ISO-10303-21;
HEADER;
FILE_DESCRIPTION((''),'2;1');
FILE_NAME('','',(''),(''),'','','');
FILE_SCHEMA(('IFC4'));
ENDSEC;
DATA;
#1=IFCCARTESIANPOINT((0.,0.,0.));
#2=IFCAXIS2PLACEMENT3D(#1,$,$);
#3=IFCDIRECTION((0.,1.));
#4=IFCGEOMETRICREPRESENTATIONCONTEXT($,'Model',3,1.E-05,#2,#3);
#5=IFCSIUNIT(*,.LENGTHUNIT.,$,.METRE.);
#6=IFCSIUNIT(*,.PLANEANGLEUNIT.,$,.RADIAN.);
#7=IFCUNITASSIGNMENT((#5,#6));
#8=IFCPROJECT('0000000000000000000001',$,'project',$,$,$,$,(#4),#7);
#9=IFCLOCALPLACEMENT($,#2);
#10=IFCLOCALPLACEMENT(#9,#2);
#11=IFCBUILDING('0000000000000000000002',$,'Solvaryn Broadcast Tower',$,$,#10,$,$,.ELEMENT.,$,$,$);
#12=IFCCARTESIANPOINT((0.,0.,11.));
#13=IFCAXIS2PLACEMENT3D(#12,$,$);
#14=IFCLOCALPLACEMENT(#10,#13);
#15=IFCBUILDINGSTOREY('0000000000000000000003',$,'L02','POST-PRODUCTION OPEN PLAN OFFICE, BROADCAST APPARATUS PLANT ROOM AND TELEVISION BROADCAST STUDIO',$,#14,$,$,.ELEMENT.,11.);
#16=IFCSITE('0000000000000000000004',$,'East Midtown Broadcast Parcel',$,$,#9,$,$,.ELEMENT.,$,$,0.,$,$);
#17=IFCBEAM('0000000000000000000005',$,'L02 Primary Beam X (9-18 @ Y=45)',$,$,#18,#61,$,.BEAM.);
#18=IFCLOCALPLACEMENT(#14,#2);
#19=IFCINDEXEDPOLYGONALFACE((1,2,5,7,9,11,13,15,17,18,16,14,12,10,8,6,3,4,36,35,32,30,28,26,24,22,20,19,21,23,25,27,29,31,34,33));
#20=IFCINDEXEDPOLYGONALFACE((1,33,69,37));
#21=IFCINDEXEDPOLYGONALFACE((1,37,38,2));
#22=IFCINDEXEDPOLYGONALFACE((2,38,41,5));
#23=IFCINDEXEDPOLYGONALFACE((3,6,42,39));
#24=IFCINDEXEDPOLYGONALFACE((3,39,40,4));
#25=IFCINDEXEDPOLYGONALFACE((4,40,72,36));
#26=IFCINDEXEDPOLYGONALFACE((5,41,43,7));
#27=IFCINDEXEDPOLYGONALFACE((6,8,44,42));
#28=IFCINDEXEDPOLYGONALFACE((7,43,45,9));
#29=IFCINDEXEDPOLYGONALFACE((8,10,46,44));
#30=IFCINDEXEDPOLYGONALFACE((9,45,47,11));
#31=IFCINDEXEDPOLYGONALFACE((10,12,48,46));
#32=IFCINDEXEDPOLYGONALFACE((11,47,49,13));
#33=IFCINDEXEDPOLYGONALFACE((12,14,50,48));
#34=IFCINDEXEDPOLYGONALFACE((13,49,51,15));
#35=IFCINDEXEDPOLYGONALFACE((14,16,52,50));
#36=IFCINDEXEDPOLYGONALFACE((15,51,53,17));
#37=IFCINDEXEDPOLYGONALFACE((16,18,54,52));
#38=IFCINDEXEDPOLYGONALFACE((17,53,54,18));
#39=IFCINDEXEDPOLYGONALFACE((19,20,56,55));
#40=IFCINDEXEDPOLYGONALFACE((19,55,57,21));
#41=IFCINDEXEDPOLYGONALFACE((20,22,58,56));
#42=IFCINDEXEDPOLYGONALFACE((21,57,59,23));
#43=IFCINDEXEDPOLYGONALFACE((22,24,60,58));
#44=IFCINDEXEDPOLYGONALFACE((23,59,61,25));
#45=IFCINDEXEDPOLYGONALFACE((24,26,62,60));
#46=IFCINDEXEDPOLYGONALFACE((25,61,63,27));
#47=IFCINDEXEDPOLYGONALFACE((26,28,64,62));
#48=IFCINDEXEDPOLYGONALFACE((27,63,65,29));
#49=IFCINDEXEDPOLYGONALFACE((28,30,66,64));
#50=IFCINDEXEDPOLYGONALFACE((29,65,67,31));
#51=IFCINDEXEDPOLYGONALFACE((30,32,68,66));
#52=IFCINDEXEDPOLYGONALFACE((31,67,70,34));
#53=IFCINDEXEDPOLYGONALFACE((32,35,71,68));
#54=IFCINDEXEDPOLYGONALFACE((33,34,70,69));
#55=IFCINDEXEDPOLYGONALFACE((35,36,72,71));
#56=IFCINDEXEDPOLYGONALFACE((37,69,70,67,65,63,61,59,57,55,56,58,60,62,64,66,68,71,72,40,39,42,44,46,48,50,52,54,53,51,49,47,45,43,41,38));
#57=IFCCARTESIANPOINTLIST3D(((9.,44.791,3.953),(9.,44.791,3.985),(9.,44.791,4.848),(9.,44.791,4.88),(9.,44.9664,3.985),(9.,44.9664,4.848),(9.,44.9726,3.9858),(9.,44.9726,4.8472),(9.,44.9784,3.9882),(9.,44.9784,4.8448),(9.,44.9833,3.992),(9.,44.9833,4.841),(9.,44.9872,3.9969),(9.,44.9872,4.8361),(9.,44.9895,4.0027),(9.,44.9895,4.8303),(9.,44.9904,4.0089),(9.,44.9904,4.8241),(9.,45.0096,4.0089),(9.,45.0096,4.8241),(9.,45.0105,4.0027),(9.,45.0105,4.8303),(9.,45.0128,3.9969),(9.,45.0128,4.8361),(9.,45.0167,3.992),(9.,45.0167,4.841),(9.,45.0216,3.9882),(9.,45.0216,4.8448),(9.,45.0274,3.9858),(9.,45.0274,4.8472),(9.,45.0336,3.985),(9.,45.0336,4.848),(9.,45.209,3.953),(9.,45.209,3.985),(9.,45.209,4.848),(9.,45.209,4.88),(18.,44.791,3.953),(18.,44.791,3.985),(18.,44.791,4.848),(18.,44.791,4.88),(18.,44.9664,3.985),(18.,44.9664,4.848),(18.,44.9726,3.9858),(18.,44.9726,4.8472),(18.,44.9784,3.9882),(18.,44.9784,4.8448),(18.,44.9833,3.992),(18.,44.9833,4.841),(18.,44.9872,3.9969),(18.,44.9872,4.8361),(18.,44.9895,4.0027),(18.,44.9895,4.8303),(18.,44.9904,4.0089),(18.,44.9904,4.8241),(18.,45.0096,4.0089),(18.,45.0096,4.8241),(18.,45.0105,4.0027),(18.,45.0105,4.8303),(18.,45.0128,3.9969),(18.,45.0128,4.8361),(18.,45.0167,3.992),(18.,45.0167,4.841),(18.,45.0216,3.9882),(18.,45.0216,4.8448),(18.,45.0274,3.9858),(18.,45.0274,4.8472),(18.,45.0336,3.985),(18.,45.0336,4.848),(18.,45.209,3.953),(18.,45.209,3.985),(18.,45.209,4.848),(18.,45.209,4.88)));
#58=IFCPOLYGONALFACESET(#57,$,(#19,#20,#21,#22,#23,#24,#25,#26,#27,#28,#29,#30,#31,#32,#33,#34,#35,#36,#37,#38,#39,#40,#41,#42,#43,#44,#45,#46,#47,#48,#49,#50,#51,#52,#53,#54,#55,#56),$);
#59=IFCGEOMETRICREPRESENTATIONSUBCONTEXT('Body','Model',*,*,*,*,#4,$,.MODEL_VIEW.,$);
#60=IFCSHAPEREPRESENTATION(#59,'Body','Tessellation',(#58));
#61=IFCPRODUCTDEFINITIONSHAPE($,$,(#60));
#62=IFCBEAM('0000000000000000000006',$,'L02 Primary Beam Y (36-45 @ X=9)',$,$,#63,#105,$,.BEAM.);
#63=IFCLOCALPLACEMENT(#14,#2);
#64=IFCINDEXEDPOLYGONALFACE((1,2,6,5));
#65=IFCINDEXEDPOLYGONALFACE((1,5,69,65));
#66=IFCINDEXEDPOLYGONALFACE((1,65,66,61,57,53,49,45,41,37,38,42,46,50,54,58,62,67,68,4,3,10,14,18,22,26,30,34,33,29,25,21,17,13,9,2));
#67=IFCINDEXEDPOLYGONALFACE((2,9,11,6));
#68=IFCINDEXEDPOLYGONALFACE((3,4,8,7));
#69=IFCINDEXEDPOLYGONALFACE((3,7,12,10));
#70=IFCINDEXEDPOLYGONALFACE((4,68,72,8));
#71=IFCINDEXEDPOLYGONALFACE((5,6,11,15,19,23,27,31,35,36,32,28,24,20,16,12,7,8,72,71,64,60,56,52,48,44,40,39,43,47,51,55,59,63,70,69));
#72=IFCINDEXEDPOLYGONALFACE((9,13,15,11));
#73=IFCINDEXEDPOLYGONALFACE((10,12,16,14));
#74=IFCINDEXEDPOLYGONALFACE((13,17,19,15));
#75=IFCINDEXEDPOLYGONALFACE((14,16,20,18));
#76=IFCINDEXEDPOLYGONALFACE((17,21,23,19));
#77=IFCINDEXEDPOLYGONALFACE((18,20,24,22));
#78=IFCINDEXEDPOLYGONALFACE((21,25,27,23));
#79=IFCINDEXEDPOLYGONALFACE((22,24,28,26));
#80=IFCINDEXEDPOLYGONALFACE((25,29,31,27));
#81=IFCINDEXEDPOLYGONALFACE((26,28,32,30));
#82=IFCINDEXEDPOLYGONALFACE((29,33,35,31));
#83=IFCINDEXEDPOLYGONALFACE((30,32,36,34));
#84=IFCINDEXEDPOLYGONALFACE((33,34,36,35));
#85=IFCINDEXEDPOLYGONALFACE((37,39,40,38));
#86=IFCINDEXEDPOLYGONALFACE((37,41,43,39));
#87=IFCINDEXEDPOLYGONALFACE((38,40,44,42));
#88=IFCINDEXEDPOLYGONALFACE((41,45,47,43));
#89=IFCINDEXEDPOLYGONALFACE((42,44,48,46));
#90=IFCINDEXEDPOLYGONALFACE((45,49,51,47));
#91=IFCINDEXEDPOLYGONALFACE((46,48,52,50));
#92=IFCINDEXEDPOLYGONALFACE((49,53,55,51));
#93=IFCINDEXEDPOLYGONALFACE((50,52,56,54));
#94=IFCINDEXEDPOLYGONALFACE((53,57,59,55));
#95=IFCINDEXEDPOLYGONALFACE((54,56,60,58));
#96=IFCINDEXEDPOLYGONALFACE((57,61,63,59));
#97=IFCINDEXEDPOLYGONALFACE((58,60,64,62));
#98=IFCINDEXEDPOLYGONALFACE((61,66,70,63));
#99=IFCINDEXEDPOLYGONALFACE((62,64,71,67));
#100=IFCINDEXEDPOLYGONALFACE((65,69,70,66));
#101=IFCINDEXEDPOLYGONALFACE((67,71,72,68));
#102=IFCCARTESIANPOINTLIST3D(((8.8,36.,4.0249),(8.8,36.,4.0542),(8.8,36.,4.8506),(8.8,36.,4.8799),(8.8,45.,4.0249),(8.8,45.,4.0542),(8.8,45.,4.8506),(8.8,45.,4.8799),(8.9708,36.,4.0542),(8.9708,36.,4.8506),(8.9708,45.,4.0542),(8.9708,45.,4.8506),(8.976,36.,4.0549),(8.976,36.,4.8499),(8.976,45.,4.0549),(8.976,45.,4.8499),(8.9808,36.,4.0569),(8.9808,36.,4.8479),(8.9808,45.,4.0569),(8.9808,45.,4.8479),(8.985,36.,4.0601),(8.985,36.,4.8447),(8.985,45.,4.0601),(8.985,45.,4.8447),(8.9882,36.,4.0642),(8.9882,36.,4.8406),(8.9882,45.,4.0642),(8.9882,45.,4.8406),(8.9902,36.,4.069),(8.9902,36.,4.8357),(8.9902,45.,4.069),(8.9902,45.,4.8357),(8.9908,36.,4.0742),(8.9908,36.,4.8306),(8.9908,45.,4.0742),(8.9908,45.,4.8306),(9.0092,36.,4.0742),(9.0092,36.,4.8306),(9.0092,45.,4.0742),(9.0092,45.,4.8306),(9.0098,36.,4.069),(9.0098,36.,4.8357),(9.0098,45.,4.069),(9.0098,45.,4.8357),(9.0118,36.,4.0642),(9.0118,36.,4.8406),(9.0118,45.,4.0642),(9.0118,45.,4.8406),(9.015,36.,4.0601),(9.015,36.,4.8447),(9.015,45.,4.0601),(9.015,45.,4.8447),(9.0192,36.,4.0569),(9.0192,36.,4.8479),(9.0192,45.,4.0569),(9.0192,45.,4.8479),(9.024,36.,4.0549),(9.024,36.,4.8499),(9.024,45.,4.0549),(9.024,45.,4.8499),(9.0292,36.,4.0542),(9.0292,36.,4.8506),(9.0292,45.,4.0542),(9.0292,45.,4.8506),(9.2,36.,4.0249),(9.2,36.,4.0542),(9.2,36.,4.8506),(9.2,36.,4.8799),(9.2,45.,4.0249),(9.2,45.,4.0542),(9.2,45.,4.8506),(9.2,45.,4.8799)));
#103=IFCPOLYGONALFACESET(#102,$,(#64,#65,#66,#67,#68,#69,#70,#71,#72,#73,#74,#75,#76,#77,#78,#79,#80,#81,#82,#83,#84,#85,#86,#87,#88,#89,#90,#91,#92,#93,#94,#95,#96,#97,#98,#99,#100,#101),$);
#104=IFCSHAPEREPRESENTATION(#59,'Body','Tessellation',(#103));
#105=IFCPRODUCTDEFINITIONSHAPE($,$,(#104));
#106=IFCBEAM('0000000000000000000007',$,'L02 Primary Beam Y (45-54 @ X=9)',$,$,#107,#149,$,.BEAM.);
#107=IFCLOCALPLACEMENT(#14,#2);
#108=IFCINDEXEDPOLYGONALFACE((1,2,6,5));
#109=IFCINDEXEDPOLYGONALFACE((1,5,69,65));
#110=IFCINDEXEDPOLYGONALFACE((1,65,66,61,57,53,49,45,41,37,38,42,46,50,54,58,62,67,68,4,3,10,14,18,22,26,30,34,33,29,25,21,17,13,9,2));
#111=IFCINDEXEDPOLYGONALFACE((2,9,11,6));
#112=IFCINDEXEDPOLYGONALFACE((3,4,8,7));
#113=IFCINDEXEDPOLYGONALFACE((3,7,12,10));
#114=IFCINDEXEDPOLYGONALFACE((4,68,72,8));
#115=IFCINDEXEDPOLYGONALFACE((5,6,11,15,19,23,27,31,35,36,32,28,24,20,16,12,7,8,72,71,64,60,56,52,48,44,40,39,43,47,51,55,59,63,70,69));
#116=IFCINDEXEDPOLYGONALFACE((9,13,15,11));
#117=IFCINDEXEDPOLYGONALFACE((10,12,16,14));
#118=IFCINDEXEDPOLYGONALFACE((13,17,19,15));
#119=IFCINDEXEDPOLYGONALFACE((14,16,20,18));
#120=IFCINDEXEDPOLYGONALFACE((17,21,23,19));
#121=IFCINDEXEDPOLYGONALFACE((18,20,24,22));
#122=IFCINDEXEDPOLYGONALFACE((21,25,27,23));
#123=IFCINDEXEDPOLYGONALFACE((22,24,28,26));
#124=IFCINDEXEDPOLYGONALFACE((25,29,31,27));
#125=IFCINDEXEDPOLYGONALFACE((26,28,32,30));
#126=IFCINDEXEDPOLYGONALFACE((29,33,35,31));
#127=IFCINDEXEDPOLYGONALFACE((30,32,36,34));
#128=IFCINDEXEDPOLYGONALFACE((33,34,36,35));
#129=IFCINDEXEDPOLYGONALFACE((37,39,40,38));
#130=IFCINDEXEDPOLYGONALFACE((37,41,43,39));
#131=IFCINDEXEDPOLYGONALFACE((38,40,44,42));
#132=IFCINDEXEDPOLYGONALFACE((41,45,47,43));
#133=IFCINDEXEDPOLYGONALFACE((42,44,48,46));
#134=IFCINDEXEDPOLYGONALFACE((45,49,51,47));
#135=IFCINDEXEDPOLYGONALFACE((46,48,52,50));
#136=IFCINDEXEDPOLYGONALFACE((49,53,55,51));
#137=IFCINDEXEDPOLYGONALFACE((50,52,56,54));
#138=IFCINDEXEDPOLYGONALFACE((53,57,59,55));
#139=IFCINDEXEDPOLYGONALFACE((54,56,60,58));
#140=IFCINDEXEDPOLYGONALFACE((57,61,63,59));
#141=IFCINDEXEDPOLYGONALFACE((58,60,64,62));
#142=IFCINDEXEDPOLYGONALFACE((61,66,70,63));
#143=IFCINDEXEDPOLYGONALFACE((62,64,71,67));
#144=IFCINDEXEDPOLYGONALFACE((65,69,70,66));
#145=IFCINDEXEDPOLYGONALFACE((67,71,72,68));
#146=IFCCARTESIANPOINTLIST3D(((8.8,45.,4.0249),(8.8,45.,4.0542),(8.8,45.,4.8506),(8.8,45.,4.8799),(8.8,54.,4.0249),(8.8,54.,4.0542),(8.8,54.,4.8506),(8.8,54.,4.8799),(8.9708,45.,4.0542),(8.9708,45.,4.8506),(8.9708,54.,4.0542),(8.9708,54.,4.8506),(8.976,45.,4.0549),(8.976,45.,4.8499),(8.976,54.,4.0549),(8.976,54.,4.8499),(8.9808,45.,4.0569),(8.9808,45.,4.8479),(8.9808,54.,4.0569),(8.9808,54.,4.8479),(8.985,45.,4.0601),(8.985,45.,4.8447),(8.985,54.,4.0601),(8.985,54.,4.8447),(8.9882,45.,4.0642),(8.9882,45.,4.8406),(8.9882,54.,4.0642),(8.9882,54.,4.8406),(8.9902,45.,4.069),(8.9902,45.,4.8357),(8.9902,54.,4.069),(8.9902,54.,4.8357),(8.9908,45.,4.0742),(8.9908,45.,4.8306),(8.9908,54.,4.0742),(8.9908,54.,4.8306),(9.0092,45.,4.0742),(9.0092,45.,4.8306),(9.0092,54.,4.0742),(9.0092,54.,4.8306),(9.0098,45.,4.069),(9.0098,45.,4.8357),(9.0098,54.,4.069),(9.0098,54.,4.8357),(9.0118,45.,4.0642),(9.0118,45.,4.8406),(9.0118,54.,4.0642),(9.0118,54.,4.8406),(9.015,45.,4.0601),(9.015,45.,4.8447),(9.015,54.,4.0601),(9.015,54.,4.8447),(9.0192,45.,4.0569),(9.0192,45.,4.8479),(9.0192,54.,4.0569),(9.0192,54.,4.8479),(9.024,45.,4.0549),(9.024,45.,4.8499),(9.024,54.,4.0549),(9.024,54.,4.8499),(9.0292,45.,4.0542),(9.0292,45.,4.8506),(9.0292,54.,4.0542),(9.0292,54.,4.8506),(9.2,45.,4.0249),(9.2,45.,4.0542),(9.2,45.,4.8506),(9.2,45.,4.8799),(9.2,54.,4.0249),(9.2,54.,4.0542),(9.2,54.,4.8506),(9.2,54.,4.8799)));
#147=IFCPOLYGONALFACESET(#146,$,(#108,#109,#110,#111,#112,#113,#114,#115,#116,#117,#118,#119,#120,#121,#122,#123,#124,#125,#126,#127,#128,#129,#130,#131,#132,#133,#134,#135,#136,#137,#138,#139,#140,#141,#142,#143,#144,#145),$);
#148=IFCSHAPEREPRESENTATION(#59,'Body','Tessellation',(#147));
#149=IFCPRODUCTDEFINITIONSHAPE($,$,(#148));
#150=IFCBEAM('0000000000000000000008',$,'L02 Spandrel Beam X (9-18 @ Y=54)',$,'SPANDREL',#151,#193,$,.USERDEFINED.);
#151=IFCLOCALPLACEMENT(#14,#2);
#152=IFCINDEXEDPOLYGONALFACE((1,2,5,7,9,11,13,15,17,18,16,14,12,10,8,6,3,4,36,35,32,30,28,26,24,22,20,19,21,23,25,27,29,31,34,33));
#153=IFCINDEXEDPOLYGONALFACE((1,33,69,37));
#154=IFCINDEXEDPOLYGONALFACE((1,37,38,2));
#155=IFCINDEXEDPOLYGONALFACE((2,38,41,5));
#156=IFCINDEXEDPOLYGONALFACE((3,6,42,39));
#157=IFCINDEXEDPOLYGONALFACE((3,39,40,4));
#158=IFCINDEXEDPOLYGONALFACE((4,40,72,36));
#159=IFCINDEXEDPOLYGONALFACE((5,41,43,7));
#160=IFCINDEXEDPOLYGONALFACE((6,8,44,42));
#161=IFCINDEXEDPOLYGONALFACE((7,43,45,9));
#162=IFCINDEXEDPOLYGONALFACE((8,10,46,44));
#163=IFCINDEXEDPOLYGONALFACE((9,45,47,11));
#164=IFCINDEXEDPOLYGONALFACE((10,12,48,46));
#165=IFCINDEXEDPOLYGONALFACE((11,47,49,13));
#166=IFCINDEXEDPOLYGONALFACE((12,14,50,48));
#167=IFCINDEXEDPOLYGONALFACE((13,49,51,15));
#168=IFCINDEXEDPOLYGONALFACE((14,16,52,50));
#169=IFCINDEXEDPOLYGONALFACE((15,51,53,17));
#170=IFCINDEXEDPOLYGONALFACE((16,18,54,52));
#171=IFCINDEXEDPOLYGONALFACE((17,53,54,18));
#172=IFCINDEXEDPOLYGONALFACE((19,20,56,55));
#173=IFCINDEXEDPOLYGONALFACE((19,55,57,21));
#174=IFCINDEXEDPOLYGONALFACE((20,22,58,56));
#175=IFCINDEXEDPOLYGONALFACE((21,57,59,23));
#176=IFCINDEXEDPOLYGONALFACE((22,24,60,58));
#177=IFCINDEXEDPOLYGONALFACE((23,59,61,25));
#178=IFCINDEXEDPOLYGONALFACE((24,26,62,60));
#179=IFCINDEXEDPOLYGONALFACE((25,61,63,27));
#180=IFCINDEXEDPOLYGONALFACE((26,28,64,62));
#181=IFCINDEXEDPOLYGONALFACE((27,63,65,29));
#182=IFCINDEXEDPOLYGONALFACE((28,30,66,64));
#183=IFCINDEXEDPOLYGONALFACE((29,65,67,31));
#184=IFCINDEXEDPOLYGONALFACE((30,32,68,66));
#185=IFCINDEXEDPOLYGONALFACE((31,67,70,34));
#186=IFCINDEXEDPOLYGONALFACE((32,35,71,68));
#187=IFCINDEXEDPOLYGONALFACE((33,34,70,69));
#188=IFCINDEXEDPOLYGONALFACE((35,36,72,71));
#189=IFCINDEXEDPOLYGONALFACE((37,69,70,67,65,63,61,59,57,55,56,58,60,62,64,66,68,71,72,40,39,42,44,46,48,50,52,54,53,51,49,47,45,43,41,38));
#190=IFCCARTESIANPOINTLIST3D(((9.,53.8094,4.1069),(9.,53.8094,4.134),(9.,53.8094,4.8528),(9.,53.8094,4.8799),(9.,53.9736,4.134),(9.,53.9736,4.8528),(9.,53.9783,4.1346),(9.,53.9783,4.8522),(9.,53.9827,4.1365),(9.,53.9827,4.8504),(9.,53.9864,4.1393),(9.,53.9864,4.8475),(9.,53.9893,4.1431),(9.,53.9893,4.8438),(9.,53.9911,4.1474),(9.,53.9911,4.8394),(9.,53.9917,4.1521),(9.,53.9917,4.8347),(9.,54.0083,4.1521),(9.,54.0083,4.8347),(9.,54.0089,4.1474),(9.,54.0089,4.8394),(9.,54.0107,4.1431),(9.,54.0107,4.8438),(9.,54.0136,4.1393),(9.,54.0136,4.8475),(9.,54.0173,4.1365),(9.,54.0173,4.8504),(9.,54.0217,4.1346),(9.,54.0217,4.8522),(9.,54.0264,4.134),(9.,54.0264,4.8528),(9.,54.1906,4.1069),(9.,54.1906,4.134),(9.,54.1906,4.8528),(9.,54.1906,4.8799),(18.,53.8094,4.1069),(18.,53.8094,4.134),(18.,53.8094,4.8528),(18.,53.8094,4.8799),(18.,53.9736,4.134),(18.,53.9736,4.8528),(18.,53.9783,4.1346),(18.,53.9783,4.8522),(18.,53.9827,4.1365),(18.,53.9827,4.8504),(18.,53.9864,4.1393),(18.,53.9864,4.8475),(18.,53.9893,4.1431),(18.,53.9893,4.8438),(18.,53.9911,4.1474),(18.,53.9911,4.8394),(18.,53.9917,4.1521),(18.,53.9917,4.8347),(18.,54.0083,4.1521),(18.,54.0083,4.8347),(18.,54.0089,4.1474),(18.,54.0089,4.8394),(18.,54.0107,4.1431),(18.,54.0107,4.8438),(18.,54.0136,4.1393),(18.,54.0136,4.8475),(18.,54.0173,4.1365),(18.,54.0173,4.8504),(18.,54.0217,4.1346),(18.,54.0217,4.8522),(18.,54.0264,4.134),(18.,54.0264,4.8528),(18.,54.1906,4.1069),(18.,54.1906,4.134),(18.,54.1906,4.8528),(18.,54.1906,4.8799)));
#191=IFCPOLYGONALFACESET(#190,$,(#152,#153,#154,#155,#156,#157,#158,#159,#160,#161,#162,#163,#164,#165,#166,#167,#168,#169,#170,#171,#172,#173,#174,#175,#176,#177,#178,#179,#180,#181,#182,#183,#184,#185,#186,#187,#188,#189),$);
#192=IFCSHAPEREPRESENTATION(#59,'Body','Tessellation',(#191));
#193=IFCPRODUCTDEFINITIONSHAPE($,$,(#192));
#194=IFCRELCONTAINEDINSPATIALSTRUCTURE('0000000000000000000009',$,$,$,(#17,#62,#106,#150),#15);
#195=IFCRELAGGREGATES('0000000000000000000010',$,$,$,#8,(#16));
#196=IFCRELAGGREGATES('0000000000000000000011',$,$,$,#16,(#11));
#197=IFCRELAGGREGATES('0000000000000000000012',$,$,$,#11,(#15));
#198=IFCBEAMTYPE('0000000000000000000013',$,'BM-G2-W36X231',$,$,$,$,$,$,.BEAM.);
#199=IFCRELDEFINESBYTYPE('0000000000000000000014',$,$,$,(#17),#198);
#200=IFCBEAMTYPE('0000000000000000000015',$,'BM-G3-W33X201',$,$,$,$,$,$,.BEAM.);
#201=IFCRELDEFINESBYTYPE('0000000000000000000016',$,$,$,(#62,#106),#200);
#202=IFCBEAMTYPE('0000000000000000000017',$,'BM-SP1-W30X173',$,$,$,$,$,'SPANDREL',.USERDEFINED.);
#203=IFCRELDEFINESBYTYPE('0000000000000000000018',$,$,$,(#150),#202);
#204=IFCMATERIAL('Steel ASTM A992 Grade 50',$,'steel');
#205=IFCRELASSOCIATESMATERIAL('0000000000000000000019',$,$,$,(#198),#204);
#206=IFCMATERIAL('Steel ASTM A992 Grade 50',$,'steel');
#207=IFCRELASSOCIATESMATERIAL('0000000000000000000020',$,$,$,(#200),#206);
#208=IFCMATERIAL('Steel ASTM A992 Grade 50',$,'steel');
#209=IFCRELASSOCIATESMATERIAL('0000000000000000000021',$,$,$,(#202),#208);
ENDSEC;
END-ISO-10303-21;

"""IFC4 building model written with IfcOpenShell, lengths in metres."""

from ifc_helpers import new_model, si_unit, direction, frame, origin, origin_2d, place, context, subcontext, project, spatial, i_section, extrude, material, material_profile, profile_set, type_object, element, save


model = new_model("IFC4")

# Units and contexts
model_context = context("Model", 3, precision=1e-05, world=origin(), true_north=direction((0.0, 1.0)))
body_context = subcontext(model_context, "Body", "Model", "MODEL_VIEW")
ifc_project = project(units=[si_unit("LENGTHUNIT", "METRE"), si_unit("PLANEANGLEUNIT", "RADIAN")], contexts=[model_context])

# Site, building, storey
site_placement = place(None, origin())
site = spatial("IfcSite", under=ifc_project, at=site_placement, Name="East Midtown Broadcast Parcel", CompositionType="ELEMENT", RefElevation=0.0)
building_placement = place(site_placement, origin())
building = spatial("IfcBuilding", under=site, at=building_placement, Name="Solvaryn Broadcast Tower", CompositionType="ELEMENT")
storey_placement = place(building_placement, frame((0.0, 0.0, 11.0)))
storey = spatial("IfcBuildingStorey", under=building, at=storey_placement, Name="L02", Description="POST-PRODUCTION OPEN PLAN OFFICE, BROADCAST APPARATUS PLANT ROOM AND TELEVISION BROADCAST STUDIO", CompositionType="ELEMENT", Elevation=11.0)

# Beams
ifc_material_1 = material(Name="Steel ASTM A992 Grade 50", Category="steel")
ifc_material_profile_1 = material_profile(ifc_material_1, i_section(OverallWidth=0.418, OverallDepth=0.927, WebThickness=0.0193, FlangeThickness=0.032, FilletRadius=0.0239, at=origin_2d()))
ifc_profile_set_1 = profile_set([ifc_material_profile_1], Name="Steel ASTM A992 Grade 50")
beam_type_1 = type_object("IfcBeamType", Name="BM-G2-W36X231", PredefinedType="BEAM", material=ifc_profile_set_1)
beam_1_placement = place(storey_placement, frame((9.0, 45.0, 4.4165), z_axis=(1.0, 0.0, 0.0), x_axis=(0.0, 1.0, 0.0)))
element("IfcBeam", 1, at=beam_1_placement, inside=storey, type_object=beam_type_1, Name="L02 Primary Beam X (9-18 @ Y=45)", PredefinedType="BEAM", context=body_context, shape_type="SweptSolid", body=[
    extrude(i_section(OverallWidth=0.418, OverallDepth=0.927, WebThickness=0.0193, FlangeThickness=0.032, FilletRadius=0.0239, at=origin_2d()), origin(), (0.0, 0.0, 1.0), 9.0),
])
ifc_material_2 = material(Name="Steel ASTM A992 Grade 50", Category="steel")
ifc_material_profile_2 = material_profile(ifc_material_2, i_section(OverallWidth=0.3999, OverallDepth=0.855, WebThickness=0.0183, FlangeThickness=0.0293, FilletRadius=0.02, at=origin_2d()))
ifc_profile_set_2 = profile_set([ifc_material_profile_2], Name="Steel ASTM A992 Grade 50")
beam_type_2 = type_object("IfcBeamType", Name="BM-G3-W33X201", PredefinedType="BEAM", material=ifc_profile_set_2)
for number, where, z_axis, x_axis, name in (
    (2, (9.0, 36.0, 4.4524), (0.0, 1.0, 0.0), (-1.0, 0.0, 0.0), "L02 Primary Beam Y (36-45 @ X=9)"),
    (3, (9.0, 45.0, 4.4524), (0.0, 1.0, 0.0), (-1.0, 0.0, 0.0), "L02 Primary Beam Y (45-54 @ X=9)"),
):
    element("IfcBeam", number, at=place(storey_placement, frame(where, z_axis=z_axis, x_axis=x_axis)), inside=storey, type_object=beam_type_2, Name=name, PredefinedType="BEAM", context=body_context, shape_type="SweptSolid", body=[
        extrude(i_section(OverallWidth=0.3999, OverallDepth=0.855, WebThickness=0.0183, FlangeThickness=0.0293, FilletRadius=0.02, at=origin_2d()), origin(), (0.0, 0.0, 1.0), 9.0),
    ])
ifc_material_3 = material(Name="Steel ASTM A992 Grade 50", Category="steel")
ifc_material_profile_3 = material_profile(ifc_material_3, i_section(OverallWidth=0.3811, OverallDepth=0.7729, WebThickness=0.0166, FlangeThickness=0.0271, FilletRadius=0.0181, at=origin_2d()))
ifc_profile_set_3 = profile_set([ifc_material_profile_3], Name="Steel ASTM A992 Grade 50")
beam_type_3 = type_object("IfcBeamType", Name="BM-SP1-W30X173", ElementType="SPANDREL", PredefinedType="USERDEFINED", material=ifc_profile_set_3)
beam_2_placement = place(storey_placement, frame((9.0, 54.0, 4.4934), z_axis=(1.0, 0.0, 0.0), x_axis=(0.0, 1.0, 0.0)))
element("IfcBeam", 4, at=beam_2_placement, inside=storey, type_object=beam_type_3, Name="L02 Spandrel Beam X (9-18 @ Y=54)", ObjectType="SPANDREL", PredefinedType="USERDEFINED", context=body_context, shape_type="SweptSolid", body=[
    extrude(i_section(OverallWidth=0.3811, OverallDepth=0.7729, WebThickness=0.0166, FlangeThickness=0.0271, FilletRadius=0.0181, at=origin_2d()), origin(), (0.0, 0.0, 1.0), 9.0),
])

save(model, "model.ifc")
